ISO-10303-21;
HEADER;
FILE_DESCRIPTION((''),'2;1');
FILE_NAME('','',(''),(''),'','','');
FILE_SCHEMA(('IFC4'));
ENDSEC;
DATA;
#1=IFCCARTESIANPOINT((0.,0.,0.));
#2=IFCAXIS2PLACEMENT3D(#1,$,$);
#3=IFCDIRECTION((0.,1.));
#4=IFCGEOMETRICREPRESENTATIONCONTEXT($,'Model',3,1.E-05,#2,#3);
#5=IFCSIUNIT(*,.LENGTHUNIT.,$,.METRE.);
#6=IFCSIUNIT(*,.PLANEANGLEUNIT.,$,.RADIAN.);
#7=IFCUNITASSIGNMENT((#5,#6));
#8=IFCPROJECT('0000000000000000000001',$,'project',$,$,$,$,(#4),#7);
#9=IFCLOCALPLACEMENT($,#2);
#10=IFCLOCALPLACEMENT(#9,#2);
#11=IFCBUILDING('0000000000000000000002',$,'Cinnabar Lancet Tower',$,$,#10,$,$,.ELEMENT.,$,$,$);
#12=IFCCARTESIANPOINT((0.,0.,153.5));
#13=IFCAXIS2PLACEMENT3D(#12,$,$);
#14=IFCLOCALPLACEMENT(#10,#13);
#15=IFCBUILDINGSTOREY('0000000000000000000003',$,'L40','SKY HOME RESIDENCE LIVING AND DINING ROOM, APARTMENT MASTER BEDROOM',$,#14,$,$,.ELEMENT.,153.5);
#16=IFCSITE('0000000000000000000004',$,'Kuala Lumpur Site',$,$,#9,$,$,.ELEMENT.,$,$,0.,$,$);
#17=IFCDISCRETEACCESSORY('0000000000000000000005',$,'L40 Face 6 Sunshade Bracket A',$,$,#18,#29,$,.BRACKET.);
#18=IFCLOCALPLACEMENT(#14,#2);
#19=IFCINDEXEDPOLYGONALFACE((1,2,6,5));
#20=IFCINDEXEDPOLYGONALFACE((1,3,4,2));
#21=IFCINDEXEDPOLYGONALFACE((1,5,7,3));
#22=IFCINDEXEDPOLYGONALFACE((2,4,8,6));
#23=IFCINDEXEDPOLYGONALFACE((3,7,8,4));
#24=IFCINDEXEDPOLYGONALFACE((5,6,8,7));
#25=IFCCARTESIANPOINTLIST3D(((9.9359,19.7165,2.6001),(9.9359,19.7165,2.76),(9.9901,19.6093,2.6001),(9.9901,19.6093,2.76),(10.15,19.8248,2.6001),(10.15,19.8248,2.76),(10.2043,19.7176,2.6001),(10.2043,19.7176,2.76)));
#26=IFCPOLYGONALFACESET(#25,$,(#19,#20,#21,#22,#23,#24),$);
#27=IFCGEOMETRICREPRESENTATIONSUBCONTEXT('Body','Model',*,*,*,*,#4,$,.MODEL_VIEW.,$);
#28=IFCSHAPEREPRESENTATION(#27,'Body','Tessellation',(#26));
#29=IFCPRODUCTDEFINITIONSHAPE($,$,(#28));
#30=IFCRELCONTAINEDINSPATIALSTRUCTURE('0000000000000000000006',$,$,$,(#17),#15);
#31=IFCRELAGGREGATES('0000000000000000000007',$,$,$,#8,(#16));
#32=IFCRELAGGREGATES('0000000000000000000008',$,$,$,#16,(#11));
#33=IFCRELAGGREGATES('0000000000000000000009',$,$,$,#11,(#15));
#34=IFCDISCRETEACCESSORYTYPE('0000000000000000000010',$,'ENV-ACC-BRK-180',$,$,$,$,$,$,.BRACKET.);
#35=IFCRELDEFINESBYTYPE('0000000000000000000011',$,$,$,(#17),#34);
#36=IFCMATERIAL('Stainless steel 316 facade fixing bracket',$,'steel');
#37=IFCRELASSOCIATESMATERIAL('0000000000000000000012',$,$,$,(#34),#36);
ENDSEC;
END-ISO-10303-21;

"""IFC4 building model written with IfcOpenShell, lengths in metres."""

from ifc_helpers import new_model, si_unit, direction, frame, origin, origin_2d, place, context, subcontext, project, spatial, rectangle, extrude, material, type_object, element, save


model = new_model("IFC4")

# Units and contexts
model_context = context("Model", 3, precision=1e-05, world=origin(), true_north=direction((0.0, 1.0)))
body_context = subcontext(model_context, "Body", "Model", "MODEL_VIEW")
ifc_project = project(units=[si_unit("LENGTHUNIT", "METRE"), si_unit("PLANEANGLEUNIT", "RADIAN")], contexts=[model_context])

# Site, building, storey
site_placement = place(None, origin())
site = spatial("IfcSite", under=ifc_project, at=site_placement, Name="Kuala Lumpur Site", CompositionType="ELEMENT", RefElevation=0.0)
building_placement = place(site_placement, origin())
building = spatial("IfcBuilding", under=site, at=building_placement, Name="Cinnabar Lancet Tower", CompositionType="ELEMENT")
storey_placement = place(building_placement, frame((0.0, 0.0, 153.5)))
storey = spatial("IfcBuildingStorey", under=building, at=storey_placement, Name="L40", Description="SKY HOME RESIDENCE LIVING AND DINING ROOM, APARTMENT MASTER BEDROOM", CompositionType="ELEMENT", Elevation=153.5)

# Discrete accessory
ifc_material_1 = material(Name="Stainless steel 316 facade fixing bracket", Category="steel")
discrete_accessory_type = type_object("IfcDiscreteAccessoryType", Name="ENV-ACC-BRK-180", PredefinedType="BRACKET", material=ifc_material_1)
discrete_accessory_placement = place(storey_placement, frame((10.0701, 19.717, 2.6001), z_axis=(0.0, 0.0, 1.0), x_axis=(0.451454, -0.892294, 0.0)))
element("IfcDiscreteAccessory", 1, at=discrete_accessory_placement, inside=storey, type_object=discrete_accessory_type, Name="L40 Face 6 Sunshade Bracket A", PredefinedType="BRACKET", context=body_context, shape_type="SweptSolid", body=[
    extrude(rectangle(XDim=0.1201, YDim=0.24, at=origin_2d()), origin(), (0.0, 0.0, 1.0), 0.1599),
])

save(model, "model.ifc")
